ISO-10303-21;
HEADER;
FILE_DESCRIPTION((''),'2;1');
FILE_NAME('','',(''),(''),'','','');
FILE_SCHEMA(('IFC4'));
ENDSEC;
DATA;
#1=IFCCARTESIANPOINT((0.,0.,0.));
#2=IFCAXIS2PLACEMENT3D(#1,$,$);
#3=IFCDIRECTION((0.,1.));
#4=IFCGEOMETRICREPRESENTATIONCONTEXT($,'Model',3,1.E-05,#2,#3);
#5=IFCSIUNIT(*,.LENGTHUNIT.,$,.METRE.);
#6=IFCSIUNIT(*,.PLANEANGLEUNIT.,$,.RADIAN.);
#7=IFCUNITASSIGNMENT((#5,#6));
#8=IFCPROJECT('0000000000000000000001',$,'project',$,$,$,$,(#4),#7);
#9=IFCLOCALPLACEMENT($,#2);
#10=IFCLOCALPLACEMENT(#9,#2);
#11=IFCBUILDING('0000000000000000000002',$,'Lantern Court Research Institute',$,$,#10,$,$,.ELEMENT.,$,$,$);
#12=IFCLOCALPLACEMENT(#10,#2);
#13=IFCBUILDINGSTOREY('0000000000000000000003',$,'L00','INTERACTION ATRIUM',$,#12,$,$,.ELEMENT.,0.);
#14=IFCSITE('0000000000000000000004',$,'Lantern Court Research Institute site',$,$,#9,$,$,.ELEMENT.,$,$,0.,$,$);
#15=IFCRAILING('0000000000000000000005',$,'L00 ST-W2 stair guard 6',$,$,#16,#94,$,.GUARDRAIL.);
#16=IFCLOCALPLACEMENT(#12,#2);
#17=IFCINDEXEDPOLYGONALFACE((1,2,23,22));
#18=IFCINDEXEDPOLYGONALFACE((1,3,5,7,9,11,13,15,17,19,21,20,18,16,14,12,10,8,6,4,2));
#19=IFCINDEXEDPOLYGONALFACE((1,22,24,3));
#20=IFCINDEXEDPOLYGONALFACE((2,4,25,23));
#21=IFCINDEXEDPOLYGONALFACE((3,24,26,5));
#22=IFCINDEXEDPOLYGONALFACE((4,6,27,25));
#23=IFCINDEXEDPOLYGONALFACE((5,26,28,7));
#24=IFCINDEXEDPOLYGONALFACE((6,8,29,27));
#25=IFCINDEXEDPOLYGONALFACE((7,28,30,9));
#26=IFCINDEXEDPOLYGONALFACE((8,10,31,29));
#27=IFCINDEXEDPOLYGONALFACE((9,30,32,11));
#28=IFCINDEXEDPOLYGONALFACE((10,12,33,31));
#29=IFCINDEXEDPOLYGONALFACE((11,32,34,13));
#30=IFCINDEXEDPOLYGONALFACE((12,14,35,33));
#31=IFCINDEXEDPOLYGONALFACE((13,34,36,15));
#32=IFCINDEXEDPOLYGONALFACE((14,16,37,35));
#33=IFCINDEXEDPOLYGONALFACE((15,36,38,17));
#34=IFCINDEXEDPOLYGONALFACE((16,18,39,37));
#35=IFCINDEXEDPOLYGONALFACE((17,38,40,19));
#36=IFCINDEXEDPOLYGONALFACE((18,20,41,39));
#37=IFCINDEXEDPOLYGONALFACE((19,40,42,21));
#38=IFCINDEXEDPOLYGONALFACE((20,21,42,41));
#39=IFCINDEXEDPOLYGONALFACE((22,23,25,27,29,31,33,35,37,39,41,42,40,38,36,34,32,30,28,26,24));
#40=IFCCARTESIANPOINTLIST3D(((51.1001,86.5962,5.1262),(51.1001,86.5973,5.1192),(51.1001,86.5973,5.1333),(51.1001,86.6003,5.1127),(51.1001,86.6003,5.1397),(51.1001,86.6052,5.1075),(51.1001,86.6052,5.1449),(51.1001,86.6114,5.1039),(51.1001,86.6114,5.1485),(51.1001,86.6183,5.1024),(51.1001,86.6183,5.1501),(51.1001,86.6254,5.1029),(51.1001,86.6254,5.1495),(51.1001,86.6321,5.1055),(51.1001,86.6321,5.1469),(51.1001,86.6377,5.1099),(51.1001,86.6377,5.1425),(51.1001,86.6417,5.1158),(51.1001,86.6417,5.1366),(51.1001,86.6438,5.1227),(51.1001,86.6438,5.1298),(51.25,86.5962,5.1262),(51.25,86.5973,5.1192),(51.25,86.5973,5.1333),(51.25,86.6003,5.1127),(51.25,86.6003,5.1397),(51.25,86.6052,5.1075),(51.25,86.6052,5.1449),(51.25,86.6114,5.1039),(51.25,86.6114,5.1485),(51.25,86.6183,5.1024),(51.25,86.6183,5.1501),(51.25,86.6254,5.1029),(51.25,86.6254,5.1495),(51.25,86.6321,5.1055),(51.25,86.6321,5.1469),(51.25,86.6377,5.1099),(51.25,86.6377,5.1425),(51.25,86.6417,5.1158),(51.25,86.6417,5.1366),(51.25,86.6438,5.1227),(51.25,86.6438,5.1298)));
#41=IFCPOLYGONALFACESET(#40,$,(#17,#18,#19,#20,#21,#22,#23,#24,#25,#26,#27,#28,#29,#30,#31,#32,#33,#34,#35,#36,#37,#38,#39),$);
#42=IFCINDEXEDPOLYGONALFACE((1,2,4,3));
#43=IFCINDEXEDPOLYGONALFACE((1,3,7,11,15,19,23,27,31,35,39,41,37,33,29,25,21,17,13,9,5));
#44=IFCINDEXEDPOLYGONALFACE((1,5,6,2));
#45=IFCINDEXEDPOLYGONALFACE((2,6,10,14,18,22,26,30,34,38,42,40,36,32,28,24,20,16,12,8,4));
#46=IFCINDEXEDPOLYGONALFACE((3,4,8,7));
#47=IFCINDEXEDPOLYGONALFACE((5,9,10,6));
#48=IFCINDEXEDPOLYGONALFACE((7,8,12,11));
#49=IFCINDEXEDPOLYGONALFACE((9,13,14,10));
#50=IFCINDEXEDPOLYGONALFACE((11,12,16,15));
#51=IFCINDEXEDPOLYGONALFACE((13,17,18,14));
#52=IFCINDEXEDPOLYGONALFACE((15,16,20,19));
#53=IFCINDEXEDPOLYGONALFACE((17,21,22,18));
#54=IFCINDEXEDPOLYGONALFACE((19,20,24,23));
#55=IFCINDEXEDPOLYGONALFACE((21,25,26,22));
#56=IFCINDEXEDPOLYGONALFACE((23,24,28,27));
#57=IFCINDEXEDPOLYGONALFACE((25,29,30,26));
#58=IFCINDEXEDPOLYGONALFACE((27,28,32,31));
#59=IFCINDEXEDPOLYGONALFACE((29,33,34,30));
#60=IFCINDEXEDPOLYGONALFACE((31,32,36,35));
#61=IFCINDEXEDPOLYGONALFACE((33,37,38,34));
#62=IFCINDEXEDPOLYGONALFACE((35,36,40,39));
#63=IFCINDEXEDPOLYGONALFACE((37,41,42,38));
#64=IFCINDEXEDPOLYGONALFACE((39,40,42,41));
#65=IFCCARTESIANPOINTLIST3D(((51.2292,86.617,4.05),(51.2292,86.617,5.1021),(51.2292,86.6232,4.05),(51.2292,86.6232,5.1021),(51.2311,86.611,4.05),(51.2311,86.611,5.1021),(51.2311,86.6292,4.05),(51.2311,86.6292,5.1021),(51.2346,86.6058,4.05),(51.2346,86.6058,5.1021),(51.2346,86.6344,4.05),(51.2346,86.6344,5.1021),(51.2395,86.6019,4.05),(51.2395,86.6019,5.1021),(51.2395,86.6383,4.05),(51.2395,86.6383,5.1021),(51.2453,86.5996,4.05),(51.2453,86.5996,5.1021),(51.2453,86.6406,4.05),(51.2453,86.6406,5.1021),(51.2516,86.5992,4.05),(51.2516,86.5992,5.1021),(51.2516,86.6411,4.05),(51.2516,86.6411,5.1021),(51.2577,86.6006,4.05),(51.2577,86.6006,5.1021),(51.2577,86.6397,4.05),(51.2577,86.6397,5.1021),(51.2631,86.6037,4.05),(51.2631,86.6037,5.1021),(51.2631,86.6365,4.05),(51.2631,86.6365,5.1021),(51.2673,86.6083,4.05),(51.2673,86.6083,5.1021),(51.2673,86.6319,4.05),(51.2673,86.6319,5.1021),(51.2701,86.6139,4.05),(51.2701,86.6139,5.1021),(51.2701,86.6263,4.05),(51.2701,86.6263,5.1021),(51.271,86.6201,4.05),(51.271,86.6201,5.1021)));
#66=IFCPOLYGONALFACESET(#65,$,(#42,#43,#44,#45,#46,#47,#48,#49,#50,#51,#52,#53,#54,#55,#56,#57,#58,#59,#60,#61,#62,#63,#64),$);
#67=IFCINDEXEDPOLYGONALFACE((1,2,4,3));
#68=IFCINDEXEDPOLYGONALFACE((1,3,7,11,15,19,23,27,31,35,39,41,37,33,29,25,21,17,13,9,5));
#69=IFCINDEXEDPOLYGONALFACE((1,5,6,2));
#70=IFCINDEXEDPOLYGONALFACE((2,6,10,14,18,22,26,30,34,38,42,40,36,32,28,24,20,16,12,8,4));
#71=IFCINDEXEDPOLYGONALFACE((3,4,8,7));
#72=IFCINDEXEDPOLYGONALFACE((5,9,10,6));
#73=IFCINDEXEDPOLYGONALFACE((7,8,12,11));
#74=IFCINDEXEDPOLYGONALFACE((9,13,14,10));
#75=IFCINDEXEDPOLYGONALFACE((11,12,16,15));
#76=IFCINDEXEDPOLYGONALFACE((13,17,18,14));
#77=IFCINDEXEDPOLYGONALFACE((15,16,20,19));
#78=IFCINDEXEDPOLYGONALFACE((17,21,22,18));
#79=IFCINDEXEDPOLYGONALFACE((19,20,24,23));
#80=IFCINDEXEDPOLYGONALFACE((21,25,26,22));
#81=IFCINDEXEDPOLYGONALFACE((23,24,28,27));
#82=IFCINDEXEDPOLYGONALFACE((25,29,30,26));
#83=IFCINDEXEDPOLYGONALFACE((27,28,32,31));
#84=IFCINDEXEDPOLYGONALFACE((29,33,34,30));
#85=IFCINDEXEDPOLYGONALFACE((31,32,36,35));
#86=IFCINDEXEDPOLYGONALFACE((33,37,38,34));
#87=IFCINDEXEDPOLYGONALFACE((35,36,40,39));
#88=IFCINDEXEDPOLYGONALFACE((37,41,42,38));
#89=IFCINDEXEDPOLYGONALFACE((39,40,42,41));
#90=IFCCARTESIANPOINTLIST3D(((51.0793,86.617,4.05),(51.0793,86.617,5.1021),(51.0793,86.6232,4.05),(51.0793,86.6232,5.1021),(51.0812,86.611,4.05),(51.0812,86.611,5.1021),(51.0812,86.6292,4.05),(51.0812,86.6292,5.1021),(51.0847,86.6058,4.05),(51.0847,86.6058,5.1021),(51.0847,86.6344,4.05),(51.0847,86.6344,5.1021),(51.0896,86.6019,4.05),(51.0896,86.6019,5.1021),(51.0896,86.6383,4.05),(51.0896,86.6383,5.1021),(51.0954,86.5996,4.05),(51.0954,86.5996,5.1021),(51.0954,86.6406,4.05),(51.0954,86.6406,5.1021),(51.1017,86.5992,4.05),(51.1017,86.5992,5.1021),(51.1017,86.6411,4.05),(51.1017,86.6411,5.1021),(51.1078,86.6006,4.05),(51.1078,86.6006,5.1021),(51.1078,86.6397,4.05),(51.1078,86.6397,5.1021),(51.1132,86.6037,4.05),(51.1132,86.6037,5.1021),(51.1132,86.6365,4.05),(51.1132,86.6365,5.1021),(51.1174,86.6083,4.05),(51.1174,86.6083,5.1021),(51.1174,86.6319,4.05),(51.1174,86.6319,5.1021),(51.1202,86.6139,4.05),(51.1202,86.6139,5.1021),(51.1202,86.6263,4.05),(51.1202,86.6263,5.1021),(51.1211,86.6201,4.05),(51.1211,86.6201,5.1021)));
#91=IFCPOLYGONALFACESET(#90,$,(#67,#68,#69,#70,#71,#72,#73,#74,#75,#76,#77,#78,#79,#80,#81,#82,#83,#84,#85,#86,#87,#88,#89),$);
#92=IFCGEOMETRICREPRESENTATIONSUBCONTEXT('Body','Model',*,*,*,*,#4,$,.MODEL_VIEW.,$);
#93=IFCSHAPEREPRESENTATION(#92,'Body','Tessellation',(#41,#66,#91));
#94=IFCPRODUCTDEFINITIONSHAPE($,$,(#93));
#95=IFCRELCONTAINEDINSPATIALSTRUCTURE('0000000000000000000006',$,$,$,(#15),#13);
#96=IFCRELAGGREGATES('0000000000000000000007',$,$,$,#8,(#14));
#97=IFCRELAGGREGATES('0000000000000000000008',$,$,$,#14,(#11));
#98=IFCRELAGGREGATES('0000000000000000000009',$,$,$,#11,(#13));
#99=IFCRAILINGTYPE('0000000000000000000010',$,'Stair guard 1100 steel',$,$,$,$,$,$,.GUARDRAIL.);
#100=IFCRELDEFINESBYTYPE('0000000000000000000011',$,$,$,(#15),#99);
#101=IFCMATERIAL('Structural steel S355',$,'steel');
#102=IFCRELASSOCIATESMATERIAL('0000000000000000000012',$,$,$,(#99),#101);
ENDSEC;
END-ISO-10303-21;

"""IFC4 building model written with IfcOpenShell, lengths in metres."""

from ifc_helpers import new_model, si_unit, direction, frame, origin, origin_2d, place, context, subcontext, project, spatial, circle, extrude, material, type_object, element, save


model = new_model("IFC4")

# Units and contexts
model_context = context("Model", 3, precision=1e-05, world=origin(), true_north=direction((0.0, 1.0)))
body_context = subcontext(model_context, "Body", "Model", "MODEL_VIEW")
ifc_project = project(units=[si_unit("LENGTHUNIT", "METRE"), si_unit("PLANEANGLEUNIT", "RADIAN")], contexts=[model_context])

# Site, building, storey
site_placement = place(None, origin())
site = spatial("IfcSite", under=ifc_project, at=site_placement, Name="Lantern Court Research Institute site", CompositionType="ELEMENT", RefElevation=0.0)
building_placement = place(site_placement, origin())
building = spatial("IfcBuilding", under=site, at=building_placement, Name="Lantern Court Research Institute", CompositionType="ELEMENT")
storey_placement = place(building_placement, origin())
storey = spatial("IfcBuildingStorey", under=building, at=storey_placement, Name="L00", Description="INTERACTION ATRIUM", CompositionType="ELEMENT", Elevation=0.0)

# Railing
ifc_material_1 = material(Name="Structural steel S355", Category="steel")
railing_type_1 = type_object("IfcRailingType", Name="Stair guard 1100 steel", PredefinedType="GUARDRAIL", material=ifc_material_1)
railing_1_placement = place(storey_placement, frame((51.25, 86.6201, 4.05)))
element("IfcRailing", 1, at=railing_1_placement, inside=storey, type_object=railing_type_1, Name="L00 ST-W2 stair guard 6", PredefinedType="GUARDRAIL", context=body_context, shape_type="SweptSolid", body=[
    extrude(circle(Radius=0.0239, at=origin_2d()), frame((0.0, 0.0, 1.0762), z_axis=(-1.0, 0.0, 0.0), x_axis=(0.0, -1.0, 0.0)), (0.0, 0.0, 1.0), 0.1499),
    extrude(circle(Radius=0.021, at=origin_2d()), origin(), (0.0, 0.0, 1.0), 1.052),
    extrude(circle(Radius=0.021, at=origin_2d()), frame((-0.1499, 0.0, 0.0)), (0.0, 0.0, 1.0), 1.052),
])

save(model, "model.ifc")
